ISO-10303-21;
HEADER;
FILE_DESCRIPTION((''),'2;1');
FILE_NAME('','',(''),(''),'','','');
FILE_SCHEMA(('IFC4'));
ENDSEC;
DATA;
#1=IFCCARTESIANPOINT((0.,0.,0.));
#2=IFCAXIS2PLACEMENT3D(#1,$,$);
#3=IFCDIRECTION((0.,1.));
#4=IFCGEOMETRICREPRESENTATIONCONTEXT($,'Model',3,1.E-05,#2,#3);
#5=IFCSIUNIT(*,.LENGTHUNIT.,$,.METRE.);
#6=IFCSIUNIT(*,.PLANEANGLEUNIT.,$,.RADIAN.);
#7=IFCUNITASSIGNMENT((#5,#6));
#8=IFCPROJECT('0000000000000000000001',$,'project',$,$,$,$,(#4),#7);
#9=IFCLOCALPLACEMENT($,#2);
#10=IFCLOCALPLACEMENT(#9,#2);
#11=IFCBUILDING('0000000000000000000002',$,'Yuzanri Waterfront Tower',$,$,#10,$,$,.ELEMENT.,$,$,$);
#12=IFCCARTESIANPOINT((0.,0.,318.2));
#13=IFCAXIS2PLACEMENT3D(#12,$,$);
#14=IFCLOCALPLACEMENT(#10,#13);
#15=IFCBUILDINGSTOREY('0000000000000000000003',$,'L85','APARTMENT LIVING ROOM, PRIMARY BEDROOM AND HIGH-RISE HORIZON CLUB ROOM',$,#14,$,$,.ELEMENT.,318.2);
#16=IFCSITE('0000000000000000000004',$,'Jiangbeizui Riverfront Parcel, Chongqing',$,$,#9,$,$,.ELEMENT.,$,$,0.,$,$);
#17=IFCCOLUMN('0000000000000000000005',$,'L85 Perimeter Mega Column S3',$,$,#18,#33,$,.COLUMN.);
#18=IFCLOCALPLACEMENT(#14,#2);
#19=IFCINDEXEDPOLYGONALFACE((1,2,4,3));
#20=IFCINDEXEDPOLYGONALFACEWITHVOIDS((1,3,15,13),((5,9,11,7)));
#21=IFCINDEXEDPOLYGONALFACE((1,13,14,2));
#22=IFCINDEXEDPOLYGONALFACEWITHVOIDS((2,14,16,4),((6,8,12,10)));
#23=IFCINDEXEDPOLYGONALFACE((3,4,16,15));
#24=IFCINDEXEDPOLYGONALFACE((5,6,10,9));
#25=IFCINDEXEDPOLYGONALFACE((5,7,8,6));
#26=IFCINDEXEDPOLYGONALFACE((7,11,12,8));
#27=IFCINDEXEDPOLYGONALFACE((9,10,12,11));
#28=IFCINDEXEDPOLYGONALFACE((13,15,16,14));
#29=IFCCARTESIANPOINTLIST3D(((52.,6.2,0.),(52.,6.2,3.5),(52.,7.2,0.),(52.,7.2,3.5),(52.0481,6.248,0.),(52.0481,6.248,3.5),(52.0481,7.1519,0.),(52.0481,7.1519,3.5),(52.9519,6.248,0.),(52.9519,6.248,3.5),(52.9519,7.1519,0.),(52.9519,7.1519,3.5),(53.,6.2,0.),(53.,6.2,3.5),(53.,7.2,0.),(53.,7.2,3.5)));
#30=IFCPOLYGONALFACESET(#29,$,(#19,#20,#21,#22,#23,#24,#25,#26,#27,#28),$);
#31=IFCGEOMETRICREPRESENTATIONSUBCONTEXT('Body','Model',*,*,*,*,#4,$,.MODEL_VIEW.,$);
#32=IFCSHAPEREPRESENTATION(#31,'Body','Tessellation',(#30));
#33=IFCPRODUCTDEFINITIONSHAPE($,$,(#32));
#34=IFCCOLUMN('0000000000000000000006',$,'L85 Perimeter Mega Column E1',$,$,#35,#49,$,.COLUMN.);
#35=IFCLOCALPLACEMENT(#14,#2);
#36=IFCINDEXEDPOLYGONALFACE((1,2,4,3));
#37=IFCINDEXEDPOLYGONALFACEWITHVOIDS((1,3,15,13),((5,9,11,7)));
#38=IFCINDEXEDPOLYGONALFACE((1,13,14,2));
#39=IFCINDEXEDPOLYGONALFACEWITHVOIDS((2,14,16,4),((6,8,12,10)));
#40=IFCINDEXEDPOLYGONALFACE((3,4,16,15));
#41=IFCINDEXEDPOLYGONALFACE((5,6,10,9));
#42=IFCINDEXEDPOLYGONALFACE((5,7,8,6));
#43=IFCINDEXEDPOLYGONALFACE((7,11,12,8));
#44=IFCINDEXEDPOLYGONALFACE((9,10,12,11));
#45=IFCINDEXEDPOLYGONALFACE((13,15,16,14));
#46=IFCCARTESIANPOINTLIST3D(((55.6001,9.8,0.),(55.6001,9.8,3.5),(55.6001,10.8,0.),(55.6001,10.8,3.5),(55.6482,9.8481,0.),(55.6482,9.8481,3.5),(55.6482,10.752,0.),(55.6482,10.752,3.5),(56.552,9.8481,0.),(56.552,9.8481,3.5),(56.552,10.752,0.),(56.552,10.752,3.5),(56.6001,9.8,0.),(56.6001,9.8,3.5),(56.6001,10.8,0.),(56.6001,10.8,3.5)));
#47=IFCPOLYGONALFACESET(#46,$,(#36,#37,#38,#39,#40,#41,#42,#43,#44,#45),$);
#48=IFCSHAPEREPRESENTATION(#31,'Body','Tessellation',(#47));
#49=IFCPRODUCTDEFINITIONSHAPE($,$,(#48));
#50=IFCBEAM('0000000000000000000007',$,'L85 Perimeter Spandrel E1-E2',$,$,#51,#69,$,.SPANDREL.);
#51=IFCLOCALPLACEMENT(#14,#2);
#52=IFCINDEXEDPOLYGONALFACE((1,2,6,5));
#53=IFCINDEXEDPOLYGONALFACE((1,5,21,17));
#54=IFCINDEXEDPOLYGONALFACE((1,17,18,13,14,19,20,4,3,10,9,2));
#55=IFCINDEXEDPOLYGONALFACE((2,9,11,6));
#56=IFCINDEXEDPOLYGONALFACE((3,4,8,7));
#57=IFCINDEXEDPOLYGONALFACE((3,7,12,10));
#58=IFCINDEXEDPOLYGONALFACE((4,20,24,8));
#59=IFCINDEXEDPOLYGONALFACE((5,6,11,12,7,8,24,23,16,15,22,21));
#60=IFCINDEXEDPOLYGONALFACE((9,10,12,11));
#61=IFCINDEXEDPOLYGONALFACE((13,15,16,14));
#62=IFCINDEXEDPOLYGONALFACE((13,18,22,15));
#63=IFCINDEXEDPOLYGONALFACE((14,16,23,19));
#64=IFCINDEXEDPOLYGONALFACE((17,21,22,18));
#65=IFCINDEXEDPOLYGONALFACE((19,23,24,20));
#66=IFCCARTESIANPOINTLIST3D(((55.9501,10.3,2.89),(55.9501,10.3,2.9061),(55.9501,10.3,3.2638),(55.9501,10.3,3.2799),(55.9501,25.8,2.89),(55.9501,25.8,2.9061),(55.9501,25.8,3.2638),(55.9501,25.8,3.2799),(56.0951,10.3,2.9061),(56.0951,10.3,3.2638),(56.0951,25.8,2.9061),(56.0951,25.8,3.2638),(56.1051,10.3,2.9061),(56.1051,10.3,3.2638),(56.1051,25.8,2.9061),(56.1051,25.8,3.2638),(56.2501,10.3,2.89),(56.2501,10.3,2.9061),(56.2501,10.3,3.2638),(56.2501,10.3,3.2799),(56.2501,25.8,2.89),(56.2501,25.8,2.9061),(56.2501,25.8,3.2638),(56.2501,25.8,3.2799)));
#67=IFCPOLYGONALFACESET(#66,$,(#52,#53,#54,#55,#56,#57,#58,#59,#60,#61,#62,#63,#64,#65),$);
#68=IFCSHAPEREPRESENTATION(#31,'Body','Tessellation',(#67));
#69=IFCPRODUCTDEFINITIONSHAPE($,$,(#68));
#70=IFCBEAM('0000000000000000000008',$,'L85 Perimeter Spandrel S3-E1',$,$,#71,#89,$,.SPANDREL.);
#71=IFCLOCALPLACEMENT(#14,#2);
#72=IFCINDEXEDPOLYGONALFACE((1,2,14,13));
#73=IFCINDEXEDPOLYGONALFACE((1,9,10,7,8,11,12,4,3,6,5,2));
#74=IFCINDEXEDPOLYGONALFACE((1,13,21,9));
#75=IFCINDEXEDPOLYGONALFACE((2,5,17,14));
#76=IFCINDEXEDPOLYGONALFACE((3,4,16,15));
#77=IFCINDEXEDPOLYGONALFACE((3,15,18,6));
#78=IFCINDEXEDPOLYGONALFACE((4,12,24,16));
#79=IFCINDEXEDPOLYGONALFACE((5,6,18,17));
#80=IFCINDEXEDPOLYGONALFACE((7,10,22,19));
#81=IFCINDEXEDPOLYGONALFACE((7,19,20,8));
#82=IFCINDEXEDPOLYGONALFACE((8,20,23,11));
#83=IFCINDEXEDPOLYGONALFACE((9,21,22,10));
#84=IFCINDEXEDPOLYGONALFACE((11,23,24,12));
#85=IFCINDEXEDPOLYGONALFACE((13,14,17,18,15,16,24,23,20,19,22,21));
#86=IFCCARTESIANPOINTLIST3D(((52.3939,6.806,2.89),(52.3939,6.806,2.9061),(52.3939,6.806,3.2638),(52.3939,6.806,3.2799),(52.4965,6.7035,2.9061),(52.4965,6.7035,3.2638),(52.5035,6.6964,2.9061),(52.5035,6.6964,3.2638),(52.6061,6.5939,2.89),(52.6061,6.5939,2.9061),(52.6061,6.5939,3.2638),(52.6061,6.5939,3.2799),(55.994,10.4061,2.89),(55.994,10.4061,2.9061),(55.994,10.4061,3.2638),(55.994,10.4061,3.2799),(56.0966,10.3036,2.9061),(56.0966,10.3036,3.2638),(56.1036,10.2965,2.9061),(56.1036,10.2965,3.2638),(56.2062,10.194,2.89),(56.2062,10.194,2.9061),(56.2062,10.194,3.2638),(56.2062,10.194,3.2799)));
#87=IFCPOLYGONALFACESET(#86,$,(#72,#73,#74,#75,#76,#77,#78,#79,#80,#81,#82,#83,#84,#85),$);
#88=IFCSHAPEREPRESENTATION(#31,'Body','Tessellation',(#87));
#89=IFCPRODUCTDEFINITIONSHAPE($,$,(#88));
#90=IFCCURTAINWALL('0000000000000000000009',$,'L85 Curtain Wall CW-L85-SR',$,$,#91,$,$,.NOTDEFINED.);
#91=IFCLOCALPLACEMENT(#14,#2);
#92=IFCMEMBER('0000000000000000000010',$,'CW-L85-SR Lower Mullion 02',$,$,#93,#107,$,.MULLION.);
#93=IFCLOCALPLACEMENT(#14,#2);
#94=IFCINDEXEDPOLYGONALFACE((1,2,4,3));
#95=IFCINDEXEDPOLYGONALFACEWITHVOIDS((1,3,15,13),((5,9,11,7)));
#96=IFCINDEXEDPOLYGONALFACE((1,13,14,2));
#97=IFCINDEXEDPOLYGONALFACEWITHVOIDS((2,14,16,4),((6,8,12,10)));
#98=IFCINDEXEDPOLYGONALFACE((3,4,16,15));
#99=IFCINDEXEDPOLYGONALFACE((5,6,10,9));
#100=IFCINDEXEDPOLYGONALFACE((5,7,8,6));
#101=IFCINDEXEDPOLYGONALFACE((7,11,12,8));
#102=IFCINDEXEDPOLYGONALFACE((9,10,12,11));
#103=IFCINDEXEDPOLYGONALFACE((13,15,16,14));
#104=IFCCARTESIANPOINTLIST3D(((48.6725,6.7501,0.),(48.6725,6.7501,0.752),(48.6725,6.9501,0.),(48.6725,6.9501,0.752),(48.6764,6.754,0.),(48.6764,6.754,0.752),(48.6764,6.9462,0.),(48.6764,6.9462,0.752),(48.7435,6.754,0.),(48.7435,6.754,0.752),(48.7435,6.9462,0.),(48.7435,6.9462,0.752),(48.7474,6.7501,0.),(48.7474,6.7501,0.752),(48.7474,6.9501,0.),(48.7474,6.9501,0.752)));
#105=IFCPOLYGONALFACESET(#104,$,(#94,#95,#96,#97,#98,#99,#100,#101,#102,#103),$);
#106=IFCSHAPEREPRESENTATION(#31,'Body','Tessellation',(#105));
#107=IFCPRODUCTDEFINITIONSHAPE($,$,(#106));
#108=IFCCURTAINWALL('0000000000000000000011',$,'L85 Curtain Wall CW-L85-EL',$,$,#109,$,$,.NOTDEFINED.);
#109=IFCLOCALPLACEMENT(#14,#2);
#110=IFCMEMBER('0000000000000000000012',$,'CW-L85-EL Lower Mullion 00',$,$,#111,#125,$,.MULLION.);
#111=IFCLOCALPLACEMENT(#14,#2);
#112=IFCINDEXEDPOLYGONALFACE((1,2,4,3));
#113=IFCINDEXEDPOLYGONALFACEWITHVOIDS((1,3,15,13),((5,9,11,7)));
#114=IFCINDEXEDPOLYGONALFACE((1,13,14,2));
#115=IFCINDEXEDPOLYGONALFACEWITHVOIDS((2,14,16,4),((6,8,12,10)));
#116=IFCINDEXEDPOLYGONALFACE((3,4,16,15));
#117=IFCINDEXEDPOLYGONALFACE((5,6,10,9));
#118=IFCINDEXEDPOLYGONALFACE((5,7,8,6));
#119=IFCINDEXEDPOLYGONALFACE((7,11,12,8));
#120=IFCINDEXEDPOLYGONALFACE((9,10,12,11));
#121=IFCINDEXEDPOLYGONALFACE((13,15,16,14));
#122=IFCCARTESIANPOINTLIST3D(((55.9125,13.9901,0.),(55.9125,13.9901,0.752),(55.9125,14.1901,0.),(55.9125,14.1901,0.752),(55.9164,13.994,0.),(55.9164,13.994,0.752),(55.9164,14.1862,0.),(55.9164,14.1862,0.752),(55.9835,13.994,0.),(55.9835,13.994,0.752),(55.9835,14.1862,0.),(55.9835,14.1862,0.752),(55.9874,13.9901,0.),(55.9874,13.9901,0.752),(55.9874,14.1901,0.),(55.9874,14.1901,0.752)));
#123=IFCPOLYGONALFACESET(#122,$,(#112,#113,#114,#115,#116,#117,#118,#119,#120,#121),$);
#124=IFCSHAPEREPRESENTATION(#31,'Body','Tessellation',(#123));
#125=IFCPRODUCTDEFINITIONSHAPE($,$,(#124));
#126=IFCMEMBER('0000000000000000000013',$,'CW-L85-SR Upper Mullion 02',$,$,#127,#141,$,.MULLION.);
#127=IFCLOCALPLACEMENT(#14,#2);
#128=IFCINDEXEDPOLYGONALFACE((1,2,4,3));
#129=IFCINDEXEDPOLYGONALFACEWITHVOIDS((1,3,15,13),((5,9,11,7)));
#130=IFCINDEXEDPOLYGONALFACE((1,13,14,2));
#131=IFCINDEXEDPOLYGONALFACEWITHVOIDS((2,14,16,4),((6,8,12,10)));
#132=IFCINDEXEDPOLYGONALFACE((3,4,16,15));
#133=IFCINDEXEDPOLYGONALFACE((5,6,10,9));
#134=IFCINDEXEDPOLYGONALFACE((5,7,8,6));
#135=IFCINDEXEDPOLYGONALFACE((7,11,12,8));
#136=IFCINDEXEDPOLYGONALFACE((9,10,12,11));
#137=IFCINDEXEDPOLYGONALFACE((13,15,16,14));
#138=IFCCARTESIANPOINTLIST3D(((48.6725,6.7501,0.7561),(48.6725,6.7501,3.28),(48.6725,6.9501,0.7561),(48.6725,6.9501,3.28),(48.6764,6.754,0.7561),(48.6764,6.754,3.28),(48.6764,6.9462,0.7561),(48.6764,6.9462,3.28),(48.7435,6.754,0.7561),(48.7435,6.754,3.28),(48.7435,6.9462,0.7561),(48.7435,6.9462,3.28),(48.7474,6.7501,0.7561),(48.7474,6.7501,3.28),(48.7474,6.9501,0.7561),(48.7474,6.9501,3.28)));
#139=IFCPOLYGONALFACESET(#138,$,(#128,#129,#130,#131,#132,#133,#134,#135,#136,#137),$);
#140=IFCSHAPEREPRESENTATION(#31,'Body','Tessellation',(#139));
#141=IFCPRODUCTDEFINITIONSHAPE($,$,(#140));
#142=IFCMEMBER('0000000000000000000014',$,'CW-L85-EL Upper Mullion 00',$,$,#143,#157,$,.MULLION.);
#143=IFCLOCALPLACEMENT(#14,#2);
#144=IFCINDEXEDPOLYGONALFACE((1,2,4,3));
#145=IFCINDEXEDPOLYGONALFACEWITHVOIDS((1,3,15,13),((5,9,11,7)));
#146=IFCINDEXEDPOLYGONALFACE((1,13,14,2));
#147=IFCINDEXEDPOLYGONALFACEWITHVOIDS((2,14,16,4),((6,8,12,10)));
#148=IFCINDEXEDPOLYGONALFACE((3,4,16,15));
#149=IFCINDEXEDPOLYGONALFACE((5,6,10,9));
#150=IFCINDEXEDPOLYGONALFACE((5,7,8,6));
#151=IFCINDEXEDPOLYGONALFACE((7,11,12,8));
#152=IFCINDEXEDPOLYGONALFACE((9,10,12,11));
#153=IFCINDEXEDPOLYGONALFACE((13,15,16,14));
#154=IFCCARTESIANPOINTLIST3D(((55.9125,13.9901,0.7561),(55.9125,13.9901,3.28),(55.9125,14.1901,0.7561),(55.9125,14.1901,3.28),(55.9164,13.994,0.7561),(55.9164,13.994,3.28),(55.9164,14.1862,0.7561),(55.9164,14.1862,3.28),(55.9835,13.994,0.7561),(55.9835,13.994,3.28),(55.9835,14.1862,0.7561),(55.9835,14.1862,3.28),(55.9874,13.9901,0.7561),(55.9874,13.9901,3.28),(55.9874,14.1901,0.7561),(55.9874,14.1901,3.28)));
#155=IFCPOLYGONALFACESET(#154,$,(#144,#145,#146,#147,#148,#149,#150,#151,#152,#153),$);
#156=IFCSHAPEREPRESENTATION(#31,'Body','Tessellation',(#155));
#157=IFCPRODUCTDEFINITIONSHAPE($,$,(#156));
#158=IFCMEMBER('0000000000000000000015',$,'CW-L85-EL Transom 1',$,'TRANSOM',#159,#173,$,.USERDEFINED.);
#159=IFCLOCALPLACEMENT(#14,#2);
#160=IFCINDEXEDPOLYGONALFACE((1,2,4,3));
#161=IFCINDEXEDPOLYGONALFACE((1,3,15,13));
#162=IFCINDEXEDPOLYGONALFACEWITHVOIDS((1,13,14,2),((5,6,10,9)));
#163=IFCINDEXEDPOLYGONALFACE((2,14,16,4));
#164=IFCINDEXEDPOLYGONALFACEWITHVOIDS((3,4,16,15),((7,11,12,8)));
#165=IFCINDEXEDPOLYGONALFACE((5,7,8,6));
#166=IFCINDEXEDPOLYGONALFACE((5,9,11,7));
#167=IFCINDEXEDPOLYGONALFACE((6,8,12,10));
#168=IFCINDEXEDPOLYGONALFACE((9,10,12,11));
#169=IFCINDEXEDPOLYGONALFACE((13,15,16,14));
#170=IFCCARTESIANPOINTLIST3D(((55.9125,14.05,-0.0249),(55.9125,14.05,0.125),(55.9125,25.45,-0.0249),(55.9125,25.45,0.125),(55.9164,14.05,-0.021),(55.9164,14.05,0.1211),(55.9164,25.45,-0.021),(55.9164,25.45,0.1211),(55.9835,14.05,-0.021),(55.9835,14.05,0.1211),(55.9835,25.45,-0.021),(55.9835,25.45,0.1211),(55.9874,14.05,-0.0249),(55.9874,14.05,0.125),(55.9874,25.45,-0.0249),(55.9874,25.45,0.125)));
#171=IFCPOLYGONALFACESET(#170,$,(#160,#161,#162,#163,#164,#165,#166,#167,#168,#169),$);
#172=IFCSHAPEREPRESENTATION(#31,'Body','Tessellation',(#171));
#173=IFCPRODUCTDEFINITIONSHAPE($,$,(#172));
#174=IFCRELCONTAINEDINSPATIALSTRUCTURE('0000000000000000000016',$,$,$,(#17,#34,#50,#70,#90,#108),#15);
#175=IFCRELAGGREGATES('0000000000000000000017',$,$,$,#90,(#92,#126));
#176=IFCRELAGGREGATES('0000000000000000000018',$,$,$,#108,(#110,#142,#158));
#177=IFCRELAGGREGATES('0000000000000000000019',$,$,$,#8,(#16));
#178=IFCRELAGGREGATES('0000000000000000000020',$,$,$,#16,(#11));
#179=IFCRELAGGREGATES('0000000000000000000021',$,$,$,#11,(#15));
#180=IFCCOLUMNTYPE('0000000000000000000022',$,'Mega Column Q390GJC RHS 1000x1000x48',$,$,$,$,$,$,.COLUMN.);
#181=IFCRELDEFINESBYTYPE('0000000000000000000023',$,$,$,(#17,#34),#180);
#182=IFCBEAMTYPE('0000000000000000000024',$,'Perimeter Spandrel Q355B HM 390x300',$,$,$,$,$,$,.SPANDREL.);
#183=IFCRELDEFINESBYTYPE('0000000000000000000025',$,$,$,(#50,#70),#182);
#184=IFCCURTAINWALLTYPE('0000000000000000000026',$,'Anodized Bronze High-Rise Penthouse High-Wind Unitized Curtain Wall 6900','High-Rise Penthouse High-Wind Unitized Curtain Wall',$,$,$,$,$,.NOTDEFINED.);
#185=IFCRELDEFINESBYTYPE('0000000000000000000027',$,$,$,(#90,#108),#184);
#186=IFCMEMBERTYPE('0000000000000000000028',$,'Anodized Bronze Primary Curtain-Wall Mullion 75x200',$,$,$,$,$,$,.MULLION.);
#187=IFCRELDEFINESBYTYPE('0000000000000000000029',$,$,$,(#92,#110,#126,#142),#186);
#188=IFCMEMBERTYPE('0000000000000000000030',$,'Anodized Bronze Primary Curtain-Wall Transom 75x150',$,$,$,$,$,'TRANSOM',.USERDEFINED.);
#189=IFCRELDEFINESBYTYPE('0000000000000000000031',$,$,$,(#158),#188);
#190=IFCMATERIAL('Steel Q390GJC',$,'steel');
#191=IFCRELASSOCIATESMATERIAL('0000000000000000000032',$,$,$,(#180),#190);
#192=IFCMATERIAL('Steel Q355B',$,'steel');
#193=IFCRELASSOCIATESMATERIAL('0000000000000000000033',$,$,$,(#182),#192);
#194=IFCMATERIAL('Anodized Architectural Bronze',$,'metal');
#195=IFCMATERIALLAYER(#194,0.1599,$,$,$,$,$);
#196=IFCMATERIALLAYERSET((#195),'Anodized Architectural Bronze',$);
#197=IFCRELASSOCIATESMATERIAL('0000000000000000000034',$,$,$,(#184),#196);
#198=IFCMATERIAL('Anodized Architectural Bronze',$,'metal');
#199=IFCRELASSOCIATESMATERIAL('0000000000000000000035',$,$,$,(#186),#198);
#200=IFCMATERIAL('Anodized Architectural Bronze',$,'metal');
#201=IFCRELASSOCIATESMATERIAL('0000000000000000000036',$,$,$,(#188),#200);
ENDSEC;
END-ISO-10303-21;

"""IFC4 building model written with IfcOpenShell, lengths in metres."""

from ifc_helpers import new_model, si_unit, direction, frame, origin, origin_2d, place, context, subcontext, project, spatial, hollow_rectangle, i_section, extrude, source, transform, mapped, material, layer, layer_set, material_profile, profile_set, type_object, element, aggregate, save


model = new_model("IFC4")

# Units and contexts
model_context = context("Model", 3, precision=1e-05, world=origin(), true_north=direction((0.0, 1.0)))
body_context = subcontext(model_context, "Body", "Model", "MODEL_VIEW")
ifc_project = project(units=[si_unit("LENGTHUNIT", "METRE"), si_unit("PLANEANGLEUNIT", "RADIAN")], contexts=[model_context])

# Site, building, storey
site_placement = place(None, origin())
site = spatial("IfcSite", under=ifc_project, at=site_placement, Name="Jiangbeizui Riverfront Parcel, Chongqing", CompositionType="ELEMENT", RefElevation=0.0)
building_placement = place(site_placement, origin())
building = spatial("IfcBuilding", under=site, at=building_placement, Name="Yuzanri Waterfront Tower", CompositionType="ELEMENT")
storey_placement = place(building_placement, frame((0.0, 0.0, 318.2)))
storey = spatial("IfcBuildingStorey", under=building, at=storey_placement, Name="L85", Description="APARTMENT LIVING ROOM, PRIMARY BEDROOM AND HIGH-RISE HORIZON CLUB ROOM", CompositionType="ELEMENT", Elevation=318.2)

# Columns
ifc_material_1 = material(Name="Steel Q390GJC", Category="steel")
ifc_material_profile_1 = material_profile(ifc_material_1, hollow_rectangle(XDim=1.0, YDim=1.0, WallThickness=0.0481, at=origin_2d()), Name="RHS 1000x1000x48")
ifc_profile_set_1 = profile_set([ifc_material_profile_1], Name="Steel Q390GJC")
column_type = type_object("IfcColumnType", Name="Mega Column Q390GJC RHS 1000x1000x48", PredefinedType="COLUMN", material=ifc_profile_set_1)
shared_shape_1 = source(origin(), body_context, "Body", "SweptSolid", [
    extrude(hollow_rectangle(XDim=1.0, YDim=1.0, WallThickness=0.0481, at=origin_2d()), origin(), (0.0, 0.0, 1.0), 3.5),
])
for number, where, z_axis, x_axis, name in (
    (1, (52.5, 6.7, 0.0), (0.0, 0.0, 1.0), (1.0, 0.0, 0.0), "L85 Perimeter Mega Column S3"),
    (2, (56.1001, 10.3, 0.0), (0.0, 0.0, 1.0), (1.0, 0.0, 0.0), "L85 Perimeter Mega Column E1"),
):
    element("IfcColumn", number, at=place(storey_placement, frame(where, z_axis=z_axis, x_axis=x_axis)), inside=storey, type_object=column_type, Name=name, PredefinedType="COLUMN", context=body_context, shape_type="MappedRepresentation", body=[
        mapped(shared_shape_1, transform((0.0, 0.0, 0.0), scale=1.0)),
    ])

# Beams
ifc_material_2 = material(Name="Steel Q355B", Category="steel")
ifc_material_profile_2 = material_profile(ifc_material_2, i_section(OverallWidth=0.3, OverallDepth=0.3899, WebThickness=0.01, FlangeThickness=0.0161, at=origin_2d()), Name="HM 390x300x10x16")
ifc_profile_set_2 = profile_set([ifc_material_profile_2], Name="Steel Q355B")
beam_type = type_object("IfcBeamType", Name="Perimeter Spandrel Q355B HM 390x300", PredefinedType="SPANDREL", material=ifc_profile_set_2)
shared_shape_2 = source(origin(), body_context, "Body", "SweptSolid", [
    extrude(i_section(OverallWidth=0.3, OverallDepth=0.3899, WebThickness=0.01, FlangeThickness=0.0161, at=origin_2d()), origin(), (0.0, 0.0, 1.0), 15.5),
])
beam_1_placement = place(storey_placement, frame((56.1001, 10.3, 3.085), z_axis=(0.0, 1.0, 0.0), x_axis=(-1.0, 0.0, 0.0)))
element("IfcBeam", 3, at=beam_1_placement, inside=storey, type_object=beam_type, Name="L85 Perimeter Spandrel E1-E2", PredefinedType="SPANDREL", context=body_context, shape_type="MappedRepresentation", body=[
    mapped(shared_shape_2, transform((0.0, 0.0, 0.0), scale=1.0)),
])
shared_shape_3 = source(origin(), body_context, "Body", "SweptSolid", [
    extrude(i_section(OverallWidth=0.3, OverallDepth=0.3899, WebThickness=0.01, FlangeThickness=0.0161, at=origin_2d()), origin(), (0.0, 0.0, 1.0), 5.0913),
])
beam_2_placement = place(storey_placement, frame((52.5, 6.7, 3.085), z_axis=(0.707107, 0.707107, 0.0), x_axis=(-0.707107, 0.707107, 0.0)))
element("IfcBeam", 4, at=beam_2_placement, inside=storey, type_object=beam_type, Name="L85 Perimeter Spandrel S3-E1", PredefinedType="SPANDREL", context=body_context, shape_type="MappedRepresentation", body=[
    mapped(shared_shape_3, transform((0.0, 0.0, 0.0), scale=1.0)),
])

# Curtain walls, members
ifc_material_3 = material(Name="Anodized Architectural Bronze", Category="metal")
ifc_layer_1 = layer(ifc_material_3, 0.1599)
ifc_layer_set_1 = layer_set([ifc_layer_1], Name="Anodized Architectural Bronze")
curtain_wall_type = type_object("IfcCurtainWallType", Name="Anodized Bronze High-Rise Penthouse High-Wind Unitized Curtain Wall 6900", Description="High-Rise Penthouse High-Wind Unitized Curtain Wall", PredefinedType="NOTDEFINED", material=ifc_layer_set_1)
curtain_wall_1_placement = place(storey_placement, origin())
curtain_wall_1 = element("IfcCurtainWall", 5, at=curtain_wall_1_placement, inside=storey, type_object=curtain_wall_type, Name="L85 Curtain Wall CW-L85-SR", PredefinedType="NOTDEFINED")
ifc_material_4 = material(Name="Anodized Architectural Bronze", Category="metal")
ifc_material_profile_3 = material_profile(ifc_material_4, hollow_rectangle(XDim=0.075, YDim=0.2, WallThickness=0.0039, at=origin_2d()), Name="CWM 75x200")
ifc_profile_set_3 = profile_set([ifc_material_profile_3], Name="Anodized Architectural Bronze")
member_type_1 = type_object("IfcMemberType", Name="Anodized Bronze Primary Curtain-Wall Mullion 75x200", PredefinedType="MULLION", material=ifc_profile_set_3)
shared_shape_4 = source(origin(), body_context, "Body", "SweptSolid", [
    extrude(hollow_rectangle(XDim=0.075, YDim=0.2, WallThickness=0.0039, at=origin_2d()), origin(), (0.0, 0.0, 1.0), 0.752),
])
member_1_placement = place(storey_placement, frame((48.71, 6.8501, 0.0), z_axis=(0.0, 0.0, 1.0), x_axis=(1.0, 0.0, 0.0)))
member_1 = element("IfcMember", 6, at=member_1_placement, type_object=member_type_1, Name="CW-L85-SR Lower Mullion 02", PredefinedType="MULLION", context=body_context, shape_type="MappedRepresentation", body=[
    mapped(shared_shape_4, transform((0.0, 0.0, 0.0), scale=1.0)),
])
curtain_wall_2_placement = place(storey_placement, origin())
curtain_wall_2 = element("IfcCurtainWall", 7, at=curtain_wall_2_placement, inside=storey, type_object=curtain_wall_type, Name="L85 Curtain Wall CW-L85-EL", PredefinedType="NOTDEFINED")
member_2_placement = place(storey_placement, frame((55.95, 14.0901, 0.0), z_axis=(0.0, 0.0, 1.0), x_axis=(1.0, 0.0, 0.0)))
member_2 = element("IfcMember", 8, at=member_2_placement, type_object=member_type_1, Name="CW-L85-EL Lower Mullion 00", PredefinedType="MULLION", context=body_context, shape_type="MappedRepresentation", body=[
    mapped(shared_shape_4, transform((0.0, 0.0, 0.0), scale=1.0)),
])

# Members
shared_shape_5 = source(origin(), body_context, "Body", "SweptSolid", [
    extrude(hollow_rectangle(XDim=0.075, YDim=0.2, WallThickness=0.0039, at=origin_2d()), origin(), (0.0, 0.0, 1.0), 2.5239),
])
member_3_placement = place(storey_placement, frame((48.71, 6.8501, 0.7561), z_axis=(0.0, 0.0, 1.0), x_axis=(1.0, 0.0, 0.0)))
member_3 = element("IfcMember", 9, at=member_3_placement, type_object=member_type_1, Name="CW-L85-SR Upper Mullion 02", PredefinedType="MULLION", context=body_context, shape_type="MappedRepresentation", body=[
    mapped(shared_shape_5, transform((0.0, 0.0, 0.0), scale=1.0)),
])
aggregate(curtain_wall_1, [member_1, member_3])
member_4_placement = place(storey_placement, frame((55.95, 14.0901, 0.7561), z_axis=(0.0, 0.0, 1.0), x_axis=(1.0, 0.0, 0.0)))
member_4 = element("IfcMember", 10, at=member_4_placement, type_object=member_type_1, Name="CW-L85-EL Upper Mullion 00", PredefinedType="MULLION", context=body_context, shape_type="MappedRepresentation", body=[
    mapped(shared_shape_5, transform((0.0, 0.0, 0.0), scale=1.0)),
])
ifc_material_5 = material(Name="Anodized Architectural Bronze", Category="metal")
ifc_material_profile_4 = material_profile(ifc_material_5, hollow_rectangle(XDim=0.075, YDim=0.1499, WallThickness=0.0039, at=origin_2d()), Name="CWT 75x150")
ifc_profile_set_4 = profile_set([ifc_material_profile_4], Name="Anodized Architectural Bronze")
member_type_2 = type_object("IfcMemberType", Name="Anodized Bronze Primary Curtain-Wall Transom 75x150", ElementType="TRANSOM", PredefinedType="USERDEFINED", material=ifc_profile_set_4)
shared_shape_6 = source(origin(), body_context, "Body", "SweptSolid", [
    extrude(hollow_rectangle(XDim=0.075, YDim=0.1499, WallThickness=0.0039, at=origin_2d()), origin(), (0.0, 0.0, 1.0), 11.3999),
])
member_5_placement = place(storey_placement, frame((55.95, 14.05, 0.05), z_axis=(0.0, 1.0, 0.0), x_axis=(-1.0, 0.0, 0.0)))
member_5 = element("IfcMember", 11, at=member_5_placement, type_object=member_type_2, Name="CW-L85-EL Transom 1", ObjectType="TRANSOM", PredefinedType="USERDEFINED", context=body_context, shape_type="MappedRepresentation", body=[
    mapped(shared_shape_6, transform((0.0, 0.0, 0.0), scale=1.0)),
])
aggregate(curtain_wall_2, [member_2, member_4, member_5])

save(model, "model.ifc")
